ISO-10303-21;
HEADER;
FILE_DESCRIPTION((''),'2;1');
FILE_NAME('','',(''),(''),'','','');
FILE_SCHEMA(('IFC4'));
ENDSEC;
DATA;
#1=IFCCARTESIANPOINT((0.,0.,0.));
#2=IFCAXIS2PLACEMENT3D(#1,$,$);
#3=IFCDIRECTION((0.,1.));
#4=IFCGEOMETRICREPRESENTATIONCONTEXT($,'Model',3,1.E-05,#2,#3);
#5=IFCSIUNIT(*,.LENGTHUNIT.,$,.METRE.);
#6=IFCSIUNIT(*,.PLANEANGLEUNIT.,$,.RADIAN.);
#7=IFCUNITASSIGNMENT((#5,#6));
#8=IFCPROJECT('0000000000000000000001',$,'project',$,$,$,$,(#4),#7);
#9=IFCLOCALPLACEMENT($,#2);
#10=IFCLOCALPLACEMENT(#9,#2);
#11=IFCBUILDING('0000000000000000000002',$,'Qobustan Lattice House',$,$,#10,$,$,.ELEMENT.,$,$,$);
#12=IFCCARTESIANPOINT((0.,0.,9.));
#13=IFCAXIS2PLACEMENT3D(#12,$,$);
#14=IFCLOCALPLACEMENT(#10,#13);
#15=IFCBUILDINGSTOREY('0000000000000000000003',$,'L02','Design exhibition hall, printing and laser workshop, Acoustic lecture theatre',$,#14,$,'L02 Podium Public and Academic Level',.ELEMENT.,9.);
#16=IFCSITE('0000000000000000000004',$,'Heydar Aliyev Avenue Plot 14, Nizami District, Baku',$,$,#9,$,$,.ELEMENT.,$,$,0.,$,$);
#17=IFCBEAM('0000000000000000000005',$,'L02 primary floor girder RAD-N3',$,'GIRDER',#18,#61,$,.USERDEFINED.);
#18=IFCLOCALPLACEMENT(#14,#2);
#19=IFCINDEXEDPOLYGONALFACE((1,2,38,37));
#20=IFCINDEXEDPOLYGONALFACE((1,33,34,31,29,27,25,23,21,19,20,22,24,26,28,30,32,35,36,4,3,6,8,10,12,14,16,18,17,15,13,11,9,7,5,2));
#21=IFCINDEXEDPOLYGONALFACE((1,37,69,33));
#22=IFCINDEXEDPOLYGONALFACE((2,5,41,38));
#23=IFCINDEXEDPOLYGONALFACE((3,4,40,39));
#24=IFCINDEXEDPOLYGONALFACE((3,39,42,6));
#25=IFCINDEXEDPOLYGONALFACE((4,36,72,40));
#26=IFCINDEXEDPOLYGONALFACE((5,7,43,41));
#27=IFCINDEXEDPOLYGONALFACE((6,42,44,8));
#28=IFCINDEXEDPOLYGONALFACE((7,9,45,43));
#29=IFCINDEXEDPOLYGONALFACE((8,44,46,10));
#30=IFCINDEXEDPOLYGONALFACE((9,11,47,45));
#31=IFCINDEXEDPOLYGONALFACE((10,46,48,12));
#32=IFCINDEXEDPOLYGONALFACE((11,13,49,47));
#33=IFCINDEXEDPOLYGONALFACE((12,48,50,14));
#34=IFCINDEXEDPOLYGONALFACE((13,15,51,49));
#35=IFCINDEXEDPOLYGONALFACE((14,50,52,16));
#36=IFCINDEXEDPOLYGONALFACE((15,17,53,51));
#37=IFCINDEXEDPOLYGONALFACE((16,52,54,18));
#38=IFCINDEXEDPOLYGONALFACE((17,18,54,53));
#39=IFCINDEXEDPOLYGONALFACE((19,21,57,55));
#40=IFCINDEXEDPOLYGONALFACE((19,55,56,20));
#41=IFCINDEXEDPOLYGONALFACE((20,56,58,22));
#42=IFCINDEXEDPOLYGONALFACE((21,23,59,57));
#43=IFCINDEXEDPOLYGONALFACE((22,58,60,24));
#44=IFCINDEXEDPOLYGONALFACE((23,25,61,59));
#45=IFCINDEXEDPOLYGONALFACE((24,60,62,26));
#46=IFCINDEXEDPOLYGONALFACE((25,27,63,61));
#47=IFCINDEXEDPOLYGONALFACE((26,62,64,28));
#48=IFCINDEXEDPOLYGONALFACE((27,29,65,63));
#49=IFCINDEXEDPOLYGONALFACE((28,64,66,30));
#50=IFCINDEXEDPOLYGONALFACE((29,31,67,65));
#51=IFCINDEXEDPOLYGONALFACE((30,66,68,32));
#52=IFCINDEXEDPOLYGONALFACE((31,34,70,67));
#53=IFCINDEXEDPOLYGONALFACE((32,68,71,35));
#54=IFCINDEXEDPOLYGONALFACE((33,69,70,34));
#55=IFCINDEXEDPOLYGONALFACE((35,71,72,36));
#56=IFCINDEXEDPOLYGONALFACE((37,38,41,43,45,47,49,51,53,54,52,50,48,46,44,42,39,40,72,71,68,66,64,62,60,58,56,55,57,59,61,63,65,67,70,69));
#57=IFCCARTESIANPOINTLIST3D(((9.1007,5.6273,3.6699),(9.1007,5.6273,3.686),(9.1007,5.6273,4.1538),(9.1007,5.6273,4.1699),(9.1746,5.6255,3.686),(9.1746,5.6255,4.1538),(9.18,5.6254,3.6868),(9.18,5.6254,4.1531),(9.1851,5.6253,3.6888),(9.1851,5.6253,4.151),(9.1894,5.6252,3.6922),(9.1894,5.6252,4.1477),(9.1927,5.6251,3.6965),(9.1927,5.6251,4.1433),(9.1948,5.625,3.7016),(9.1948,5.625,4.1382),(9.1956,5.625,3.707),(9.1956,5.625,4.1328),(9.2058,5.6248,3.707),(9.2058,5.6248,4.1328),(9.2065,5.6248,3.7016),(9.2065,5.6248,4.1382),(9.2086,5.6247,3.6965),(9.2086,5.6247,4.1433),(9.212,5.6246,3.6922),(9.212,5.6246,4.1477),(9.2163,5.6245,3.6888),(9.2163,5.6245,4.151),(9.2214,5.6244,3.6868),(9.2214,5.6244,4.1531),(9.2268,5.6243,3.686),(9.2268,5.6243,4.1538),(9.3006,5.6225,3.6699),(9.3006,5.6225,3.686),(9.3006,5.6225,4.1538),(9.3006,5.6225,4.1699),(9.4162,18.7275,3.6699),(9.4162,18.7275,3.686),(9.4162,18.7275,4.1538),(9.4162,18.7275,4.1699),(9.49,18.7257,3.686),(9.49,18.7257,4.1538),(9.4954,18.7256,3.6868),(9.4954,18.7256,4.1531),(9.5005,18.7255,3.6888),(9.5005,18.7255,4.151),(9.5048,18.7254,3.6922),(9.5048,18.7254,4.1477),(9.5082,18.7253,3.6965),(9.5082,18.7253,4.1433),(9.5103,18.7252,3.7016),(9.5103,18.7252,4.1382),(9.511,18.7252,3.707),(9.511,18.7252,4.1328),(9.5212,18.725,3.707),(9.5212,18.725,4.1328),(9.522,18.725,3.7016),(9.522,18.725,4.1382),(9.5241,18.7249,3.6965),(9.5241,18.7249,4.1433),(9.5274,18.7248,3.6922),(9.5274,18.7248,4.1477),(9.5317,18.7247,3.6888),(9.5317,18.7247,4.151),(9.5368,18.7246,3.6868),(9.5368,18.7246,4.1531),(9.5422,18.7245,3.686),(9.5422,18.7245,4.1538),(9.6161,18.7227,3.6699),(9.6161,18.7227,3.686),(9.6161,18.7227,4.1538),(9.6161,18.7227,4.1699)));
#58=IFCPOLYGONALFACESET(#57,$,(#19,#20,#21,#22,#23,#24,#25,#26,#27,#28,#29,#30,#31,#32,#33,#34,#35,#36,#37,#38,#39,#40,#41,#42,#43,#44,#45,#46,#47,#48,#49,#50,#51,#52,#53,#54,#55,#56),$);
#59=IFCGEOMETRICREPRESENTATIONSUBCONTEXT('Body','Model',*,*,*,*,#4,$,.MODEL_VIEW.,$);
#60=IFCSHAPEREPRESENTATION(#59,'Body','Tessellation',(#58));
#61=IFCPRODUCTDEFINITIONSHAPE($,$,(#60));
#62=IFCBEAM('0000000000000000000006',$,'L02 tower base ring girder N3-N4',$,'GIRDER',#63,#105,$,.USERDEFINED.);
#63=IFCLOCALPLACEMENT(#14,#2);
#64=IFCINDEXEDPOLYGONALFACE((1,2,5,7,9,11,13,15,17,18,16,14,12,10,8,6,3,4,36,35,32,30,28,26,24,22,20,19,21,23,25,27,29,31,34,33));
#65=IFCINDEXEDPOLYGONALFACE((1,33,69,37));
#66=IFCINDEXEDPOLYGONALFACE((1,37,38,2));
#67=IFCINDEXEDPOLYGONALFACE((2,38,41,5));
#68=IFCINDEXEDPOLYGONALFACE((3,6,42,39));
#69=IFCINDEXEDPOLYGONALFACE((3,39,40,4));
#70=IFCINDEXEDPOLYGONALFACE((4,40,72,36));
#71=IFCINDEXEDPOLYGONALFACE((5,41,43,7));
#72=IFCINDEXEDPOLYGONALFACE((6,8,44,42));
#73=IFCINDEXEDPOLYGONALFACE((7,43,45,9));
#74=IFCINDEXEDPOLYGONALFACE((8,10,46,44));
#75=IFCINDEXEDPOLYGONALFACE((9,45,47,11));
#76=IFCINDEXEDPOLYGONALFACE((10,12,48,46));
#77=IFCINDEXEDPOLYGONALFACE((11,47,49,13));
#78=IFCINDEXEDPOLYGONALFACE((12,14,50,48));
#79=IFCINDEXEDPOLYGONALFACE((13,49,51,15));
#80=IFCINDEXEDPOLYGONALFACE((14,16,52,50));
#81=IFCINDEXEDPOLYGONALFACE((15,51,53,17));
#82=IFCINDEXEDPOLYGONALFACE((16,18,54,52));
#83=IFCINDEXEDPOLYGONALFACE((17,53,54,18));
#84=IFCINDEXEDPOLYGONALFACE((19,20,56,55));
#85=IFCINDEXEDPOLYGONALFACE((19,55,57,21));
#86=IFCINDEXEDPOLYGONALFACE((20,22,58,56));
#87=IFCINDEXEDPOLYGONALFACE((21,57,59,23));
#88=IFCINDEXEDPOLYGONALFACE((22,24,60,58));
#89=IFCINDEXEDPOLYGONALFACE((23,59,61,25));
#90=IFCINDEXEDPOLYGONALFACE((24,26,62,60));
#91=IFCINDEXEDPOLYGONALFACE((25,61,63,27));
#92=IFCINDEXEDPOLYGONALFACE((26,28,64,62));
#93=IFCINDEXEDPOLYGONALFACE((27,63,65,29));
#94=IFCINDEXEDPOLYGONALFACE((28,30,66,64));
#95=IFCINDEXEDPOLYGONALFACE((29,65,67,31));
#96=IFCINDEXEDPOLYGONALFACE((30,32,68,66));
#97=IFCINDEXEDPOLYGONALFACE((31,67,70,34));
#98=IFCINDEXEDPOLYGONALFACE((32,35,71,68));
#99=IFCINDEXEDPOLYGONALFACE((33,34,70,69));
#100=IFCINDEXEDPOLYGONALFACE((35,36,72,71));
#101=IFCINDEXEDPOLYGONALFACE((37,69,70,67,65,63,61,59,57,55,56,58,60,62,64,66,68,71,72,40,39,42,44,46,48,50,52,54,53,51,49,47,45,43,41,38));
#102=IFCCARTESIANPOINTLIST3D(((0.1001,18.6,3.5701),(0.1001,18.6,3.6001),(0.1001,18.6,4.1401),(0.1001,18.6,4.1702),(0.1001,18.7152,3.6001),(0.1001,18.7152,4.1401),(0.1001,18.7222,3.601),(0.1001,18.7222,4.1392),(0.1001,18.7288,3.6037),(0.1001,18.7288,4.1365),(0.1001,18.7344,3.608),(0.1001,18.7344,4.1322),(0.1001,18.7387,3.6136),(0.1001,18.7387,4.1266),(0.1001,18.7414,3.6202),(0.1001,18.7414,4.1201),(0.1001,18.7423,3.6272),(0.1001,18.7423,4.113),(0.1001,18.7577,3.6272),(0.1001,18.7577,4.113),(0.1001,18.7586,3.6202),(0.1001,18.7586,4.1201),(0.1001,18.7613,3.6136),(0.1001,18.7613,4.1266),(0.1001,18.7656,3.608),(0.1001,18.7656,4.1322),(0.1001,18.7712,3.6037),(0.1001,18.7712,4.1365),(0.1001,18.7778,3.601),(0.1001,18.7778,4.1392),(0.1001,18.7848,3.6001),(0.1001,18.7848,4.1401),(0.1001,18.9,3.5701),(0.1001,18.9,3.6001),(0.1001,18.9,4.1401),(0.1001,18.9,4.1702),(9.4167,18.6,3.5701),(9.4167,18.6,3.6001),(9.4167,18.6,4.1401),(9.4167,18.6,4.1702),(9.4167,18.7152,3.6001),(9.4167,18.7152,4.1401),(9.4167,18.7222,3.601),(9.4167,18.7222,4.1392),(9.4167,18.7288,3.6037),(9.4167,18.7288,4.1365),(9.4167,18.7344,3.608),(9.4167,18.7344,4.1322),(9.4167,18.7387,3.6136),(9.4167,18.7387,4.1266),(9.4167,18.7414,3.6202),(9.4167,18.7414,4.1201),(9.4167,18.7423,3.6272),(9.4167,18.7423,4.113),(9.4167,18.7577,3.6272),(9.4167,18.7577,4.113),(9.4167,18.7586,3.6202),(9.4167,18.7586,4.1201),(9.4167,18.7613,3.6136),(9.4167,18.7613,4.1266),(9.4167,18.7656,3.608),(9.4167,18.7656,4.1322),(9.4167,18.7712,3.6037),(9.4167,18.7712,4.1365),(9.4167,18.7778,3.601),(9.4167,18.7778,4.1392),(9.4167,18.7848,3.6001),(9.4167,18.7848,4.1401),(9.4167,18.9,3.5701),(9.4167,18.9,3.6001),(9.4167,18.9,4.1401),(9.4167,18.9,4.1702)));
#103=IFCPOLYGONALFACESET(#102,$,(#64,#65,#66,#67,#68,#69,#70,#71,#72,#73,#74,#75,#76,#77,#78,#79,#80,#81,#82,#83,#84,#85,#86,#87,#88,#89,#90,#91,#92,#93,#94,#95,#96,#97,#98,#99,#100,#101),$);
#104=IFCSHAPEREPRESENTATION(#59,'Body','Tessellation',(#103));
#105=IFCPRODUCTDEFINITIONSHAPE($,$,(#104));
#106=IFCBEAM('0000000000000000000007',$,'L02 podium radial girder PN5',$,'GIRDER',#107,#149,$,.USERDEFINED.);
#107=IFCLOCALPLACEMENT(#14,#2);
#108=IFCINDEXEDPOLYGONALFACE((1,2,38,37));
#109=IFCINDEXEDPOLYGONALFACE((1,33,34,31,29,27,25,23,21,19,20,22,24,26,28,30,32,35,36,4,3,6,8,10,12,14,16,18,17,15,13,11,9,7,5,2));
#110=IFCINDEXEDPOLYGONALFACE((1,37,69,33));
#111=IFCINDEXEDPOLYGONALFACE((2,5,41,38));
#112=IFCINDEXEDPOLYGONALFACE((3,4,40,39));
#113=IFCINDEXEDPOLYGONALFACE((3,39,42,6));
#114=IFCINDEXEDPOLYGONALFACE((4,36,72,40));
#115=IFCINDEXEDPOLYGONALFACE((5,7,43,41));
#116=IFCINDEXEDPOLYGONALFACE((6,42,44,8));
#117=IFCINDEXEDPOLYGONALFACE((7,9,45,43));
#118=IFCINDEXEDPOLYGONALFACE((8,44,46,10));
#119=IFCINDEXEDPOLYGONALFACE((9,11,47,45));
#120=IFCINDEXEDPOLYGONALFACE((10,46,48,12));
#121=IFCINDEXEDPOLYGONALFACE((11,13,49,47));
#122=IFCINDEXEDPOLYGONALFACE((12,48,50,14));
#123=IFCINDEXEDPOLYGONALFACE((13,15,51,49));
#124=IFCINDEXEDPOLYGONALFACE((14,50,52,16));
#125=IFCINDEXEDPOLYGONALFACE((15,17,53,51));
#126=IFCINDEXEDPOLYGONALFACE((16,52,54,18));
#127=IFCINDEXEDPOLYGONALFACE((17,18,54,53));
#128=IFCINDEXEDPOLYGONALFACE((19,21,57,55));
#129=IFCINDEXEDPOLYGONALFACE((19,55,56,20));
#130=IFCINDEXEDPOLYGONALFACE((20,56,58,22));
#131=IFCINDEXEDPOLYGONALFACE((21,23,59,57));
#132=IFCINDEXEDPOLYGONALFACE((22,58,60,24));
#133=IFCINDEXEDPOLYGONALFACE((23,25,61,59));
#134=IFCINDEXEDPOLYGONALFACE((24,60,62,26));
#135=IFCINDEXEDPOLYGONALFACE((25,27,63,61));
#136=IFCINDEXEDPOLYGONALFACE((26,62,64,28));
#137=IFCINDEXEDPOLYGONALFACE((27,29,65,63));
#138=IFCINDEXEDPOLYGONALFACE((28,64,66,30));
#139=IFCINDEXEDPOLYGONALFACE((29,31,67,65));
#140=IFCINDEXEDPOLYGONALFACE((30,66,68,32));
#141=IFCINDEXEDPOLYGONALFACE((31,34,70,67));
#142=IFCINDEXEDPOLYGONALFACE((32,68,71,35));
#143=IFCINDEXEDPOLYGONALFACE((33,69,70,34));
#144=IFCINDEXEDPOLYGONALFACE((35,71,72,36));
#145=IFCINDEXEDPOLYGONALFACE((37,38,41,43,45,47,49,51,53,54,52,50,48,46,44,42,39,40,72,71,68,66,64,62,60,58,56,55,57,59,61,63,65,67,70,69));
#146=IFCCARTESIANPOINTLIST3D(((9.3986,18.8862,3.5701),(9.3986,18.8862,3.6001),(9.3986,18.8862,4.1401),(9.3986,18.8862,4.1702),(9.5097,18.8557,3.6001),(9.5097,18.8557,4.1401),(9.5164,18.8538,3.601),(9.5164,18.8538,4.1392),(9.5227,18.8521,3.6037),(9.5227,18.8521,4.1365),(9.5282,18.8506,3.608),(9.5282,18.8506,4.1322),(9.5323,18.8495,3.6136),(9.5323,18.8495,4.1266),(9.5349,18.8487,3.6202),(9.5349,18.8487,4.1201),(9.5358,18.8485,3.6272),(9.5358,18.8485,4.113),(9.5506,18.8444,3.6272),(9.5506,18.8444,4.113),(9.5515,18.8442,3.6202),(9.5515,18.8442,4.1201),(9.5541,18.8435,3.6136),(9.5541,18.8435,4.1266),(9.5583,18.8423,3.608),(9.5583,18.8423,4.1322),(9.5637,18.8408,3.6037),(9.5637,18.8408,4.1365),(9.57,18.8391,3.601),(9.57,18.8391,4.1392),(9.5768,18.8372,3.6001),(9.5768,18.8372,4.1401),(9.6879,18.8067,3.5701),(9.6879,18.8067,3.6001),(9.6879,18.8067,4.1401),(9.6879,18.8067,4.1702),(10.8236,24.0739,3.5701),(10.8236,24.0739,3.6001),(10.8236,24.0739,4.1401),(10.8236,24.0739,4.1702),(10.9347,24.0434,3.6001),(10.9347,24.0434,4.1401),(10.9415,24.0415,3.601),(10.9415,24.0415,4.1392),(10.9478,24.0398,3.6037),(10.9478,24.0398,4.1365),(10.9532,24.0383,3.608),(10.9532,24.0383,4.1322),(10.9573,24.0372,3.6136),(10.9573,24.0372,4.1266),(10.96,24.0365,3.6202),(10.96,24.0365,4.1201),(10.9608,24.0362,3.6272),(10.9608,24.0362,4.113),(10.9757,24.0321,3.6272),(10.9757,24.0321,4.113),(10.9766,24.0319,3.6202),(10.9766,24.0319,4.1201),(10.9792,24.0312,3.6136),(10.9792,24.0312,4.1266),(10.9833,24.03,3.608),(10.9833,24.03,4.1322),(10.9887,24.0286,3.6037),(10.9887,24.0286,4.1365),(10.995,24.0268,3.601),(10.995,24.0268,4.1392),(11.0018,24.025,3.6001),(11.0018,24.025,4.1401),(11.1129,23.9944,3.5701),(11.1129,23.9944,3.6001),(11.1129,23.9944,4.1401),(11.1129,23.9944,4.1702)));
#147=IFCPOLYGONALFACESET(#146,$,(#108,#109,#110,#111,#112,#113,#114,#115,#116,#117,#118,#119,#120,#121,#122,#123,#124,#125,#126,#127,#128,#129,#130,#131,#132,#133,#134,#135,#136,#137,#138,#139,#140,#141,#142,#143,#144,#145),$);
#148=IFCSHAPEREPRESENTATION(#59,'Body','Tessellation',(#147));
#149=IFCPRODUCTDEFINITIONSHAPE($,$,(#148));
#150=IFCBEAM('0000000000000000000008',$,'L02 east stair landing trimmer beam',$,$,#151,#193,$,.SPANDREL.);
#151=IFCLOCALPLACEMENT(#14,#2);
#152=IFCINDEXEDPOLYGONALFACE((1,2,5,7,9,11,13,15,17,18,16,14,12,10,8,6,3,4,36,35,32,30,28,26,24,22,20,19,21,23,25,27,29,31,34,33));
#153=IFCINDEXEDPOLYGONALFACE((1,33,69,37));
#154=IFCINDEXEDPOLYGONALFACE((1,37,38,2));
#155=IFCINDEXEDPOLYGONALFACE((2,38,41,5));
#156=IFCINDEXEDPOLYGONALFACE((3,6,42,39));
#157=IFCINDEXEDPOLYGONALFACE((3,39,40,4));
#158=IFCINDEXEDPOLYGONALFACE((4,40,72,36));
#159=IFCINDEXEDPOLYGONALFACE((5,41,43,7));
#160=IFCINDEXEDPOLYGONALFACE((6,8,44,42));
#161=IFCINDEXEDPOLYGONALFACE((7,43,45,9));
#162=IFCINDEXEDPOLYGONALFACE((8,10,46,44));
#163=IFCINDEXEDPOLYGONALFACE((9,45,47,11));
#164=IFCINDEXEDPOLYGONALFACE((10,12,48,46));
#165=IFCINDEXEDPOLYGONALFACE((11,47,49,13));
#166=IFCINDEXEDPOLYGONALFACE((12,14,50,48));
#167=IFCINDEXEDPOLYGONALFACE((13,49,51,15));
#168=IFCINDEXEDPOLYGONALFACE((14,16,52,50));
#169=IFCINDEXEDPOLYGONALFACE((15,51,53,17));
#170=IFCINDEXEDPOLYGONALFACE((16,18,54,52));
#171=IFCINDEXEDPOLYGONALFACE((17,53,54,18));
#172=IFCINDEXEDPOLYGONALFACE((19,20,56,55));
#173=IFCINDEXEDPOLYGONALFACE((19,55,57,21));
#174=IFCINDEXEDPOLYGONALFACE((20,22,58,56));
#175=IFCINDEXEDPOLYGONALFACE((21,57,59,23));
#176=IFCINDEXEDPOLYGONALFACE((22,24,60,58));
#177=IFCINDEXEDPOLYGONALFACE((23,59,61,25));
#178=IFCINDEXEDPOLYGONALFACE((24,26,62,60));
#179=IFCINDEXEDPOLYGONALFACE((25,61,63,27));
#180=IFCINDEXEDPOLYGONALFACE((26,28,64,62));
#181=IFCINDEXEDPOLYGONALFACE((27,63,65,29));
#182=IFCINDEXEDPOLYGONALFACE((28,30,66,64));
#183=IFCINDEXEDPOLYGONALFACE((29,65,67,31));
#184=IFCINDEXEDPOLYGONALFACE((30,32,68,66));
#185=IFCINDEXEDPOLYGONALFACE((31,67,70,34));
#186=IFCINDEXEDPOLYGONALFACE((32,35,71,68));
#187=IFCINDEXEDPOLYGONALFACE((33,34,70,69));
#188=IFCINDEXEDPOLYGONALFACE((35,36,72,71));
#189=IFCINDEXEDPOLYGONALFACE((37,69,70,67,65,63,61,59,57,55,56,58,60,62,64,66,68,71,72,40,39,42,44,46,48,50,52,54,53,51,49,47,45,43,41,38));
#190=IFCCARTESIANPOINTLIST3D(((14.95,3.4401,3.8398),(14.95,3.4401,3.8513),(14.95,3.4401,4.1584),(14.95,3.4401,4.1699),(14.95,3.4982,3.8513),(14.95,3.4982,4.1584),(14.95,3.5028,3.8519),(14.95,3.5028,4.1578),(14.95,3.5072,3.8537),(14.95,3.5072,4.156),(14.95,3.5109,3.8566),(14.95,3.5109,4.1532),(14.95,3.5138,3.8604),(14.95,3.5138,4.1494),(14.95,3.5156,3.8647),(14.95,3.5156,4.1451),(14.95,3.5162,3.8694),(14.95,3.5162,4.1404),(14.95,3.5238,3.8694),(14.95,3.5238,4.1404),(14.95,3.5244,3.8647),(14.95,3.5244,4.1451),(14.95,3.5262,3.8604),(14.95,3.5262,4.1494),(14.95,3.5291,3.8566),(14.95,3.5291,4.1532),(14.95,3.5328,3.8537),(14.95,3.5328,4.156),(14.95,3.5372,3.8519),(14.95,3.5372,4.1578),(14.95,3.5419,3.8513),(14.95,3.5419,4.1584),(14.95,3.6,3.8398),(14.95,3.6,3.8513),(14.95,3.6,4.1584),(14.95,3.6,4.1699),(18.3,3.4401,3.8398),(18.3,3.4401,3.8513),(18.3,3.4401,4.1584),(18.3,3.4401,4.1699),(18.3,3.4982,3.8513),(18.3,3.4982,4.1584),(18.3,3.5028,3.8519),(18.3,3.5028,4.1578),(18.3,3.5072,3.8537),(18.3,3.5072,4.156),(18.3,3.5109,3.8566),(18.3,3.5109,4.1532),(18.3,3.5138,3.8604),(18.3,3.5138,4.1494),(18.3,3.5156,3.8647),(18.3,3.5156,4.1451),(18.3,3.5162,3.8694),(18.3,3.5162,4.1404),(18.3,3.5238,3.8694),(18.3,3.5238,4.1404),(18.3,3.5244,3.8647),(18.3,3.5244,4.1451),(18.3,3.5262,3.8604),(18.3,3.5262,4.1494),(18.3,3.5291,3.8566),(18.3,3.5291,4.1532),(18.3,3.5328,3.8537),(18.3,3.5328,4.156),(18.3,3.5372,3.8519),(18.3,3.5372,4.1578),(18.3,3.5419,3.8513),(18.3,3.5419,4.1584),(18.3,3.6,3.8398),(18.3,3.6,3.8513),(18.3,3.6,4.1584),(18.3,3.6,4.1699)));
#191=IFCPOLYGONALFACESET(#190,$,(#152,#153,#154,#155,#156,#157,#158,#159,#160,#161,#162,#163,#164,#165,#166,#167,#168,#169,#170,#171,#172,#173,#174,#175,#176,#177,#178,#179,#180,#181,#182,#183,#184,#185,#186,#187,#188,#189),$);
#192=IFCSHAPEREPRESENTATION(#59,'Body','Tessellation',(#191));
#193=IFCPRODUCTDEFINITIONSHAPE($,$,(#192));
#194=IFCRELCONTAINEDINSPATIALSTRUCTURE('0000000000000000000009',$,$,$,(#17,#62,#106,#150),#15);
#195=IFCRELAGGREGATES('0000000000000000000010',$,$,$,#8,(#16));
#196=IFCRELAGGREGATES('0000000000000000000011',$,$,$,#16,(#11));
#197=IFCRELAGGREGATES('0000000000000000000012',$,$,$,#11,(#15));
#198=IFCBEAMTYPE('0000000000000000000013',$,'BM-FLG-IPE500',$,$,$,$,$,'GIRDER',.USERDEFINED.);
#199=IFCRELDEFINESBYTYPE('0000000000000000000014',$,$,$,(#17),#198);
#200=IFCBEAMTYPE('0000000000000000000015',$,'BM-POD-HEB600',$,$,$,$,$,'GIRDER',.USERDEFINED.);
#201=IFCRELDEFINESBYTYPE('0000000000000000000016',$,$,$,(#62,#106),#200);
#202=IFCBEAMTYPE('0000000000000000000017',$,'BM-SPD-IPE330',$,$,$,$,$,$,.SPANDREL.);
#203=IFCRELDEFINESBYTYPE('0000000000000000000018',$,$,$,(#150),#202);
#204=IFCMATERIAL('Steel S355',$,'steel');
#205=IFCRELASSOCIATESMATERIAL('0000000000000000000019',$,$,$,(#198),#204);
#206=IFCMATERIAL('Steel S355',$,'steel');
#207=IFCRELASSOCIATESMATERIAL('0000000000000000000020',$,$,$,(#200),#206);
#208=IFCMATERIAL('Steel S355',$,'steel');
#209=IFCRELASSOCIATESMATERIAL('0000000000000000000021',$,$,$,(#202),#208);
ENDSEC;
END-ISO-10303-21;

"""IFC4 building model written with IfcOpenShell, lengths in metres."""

from ifc_helpers import new_model, si_unit, direction, frame, origin, origin_2d, place, context, subcontext, project, spatial, i_section, extrude, material, material_profile, profile_set, type_object, element, save


model = new_model("IFC4")

# Units and contexts
model_context = context("Model", 3, precision=1e-05, world=origin(), true_north=direction((0.0, 1.0)))
body_context = subcontext(model_context, "Body", "Model", "MODEL_VIEW")
ifc_project = project(units=[si_unit("LENGTHUNIT", "METRE"), si_unit("PLANEANGLEUNIT", "RADIAN")], contexts=[model_context])

# Site, building, storey
site_placement = place(None, origin())
site = spatial("IfcSite", under=ifc_project, at=site_placement, Name="Heydar Aliyev Avenue Plot 14, Nizami District, Baku", CompositionType="ELEMENT", RefElevation=0.0)
building_placement = place(site_placement, origin())
building = spatial("IfcBuilding", under=site, at=building_placement, Name="Qobustan Lattice House", CompositionType="ELEMENT")
storey_placement = place(building_placement, frame((0.0, 0.0, 9.0)))
storey = spatial("IfcBuildingStorey", under=building, at=storey_placement, Name="L02", Description="Design exhibition hall, printing and laser workshop, Acoustic lecture theatre", LongName="L02 Podium Public and Academic Level", CompositionType="ELEMENT", Elevation=9.0)

# Beams
ifc_material_1 = material(Name="Steel S355", Category="steel")
ifc_material_profile_1 = material_profile(ifc_material_1, i_section(OverallWidth=0.2, OverallDepth=0.5, WebThickness=0.0103, FlangeThickness=0.0161, FilletRadius=0.021, at=origin_2d()), Name="IPE500")
ifc_profile_set_1 = profile_set([ifc_material_profile_1], Name="Steel S355")
beam_type_1 = type_object("IfcBeamType", Name="BM-FLG-IPE500", ElementType="GIRDER", PredefinedType="USERDEFINED", material=ifc_profile_set_1)
beam_1_placement = place(storey_placement, frame((9.5161, 18.7251, 3.9199), z_axis=(-0.024071, -0.99971, 0.0), x_axis=(0.99971, -0.024071, 0.0)))
element("IfcBeam", 1, at=beam_1_placement, inside=storey, type_object=beam_type_1, Name="L02 primary floor girder RAD-N3", ObjectType="GIRDER", PredefinedType="USERDEFINED", context=body_context, shape_type="SweptSolid", body=[
    extrude(i_section(OverallWidth=0.2, OverallDepth=0.5, WebThickness=0.0103, FlangeThickness=0.0161, FilletRadius=0.021, at=origin_2d()), origin(), (0.0, 0.0, 1.0), 13.104),
])
ifc_material_2 = material(Name="Steel S355", Category="steel")
ifc_material_profile_2 = material_profile(ifc_material_2, i_section(OverallWidth=0.3, OverallDepth=0.6001, WebThickness=0.0154, FlangeThickness=0.03, FilletRadius=0.0271, at=origin_2d()), Name="HEB600")
ifc_profile_set_2 = profile_set([ifc_material_profile_2], Name="Steel S355")
beam_type_2 = type_object("IfcBeamType", Name="BM-POD-HEB600", ElementType="GIRDER", PredefinedType="USERDEFINED", material=ifc_profile_set_2)
beam_2_placement = place(storey_placement, frame((9.4167, 18.75, 3.8701), z_axis=(-1.0, 0.0, 0.0), x_axis=(0.0, -1.0, 0.0)))
element("IfcBeam", 2, at=beam_2_placement, inside=storey, type_object=beam_type_2, Name="L02 tower base ring girder N3-N4", ObjectType="GIRDER", PredefinedType="USERDEFINED", context=body_context, shape_type="SweptSolid", body=[
    extrude(i_section(OverallWidth=0.3, OverallDepth=0.6001, WebThickness=0.0154, FlangeThickness=0.03, FilletRadius=0.0271, at=origin_2d()), origin(), (0.0, 0.0, 1.0), 9.3167),
])
beam_3_placement = place(storey_placement, frame((10.9683, 24.0342, 3.8701), z_axis=(-0.264883, -0.96428, 0.0), x_axis=(0.96428, -0.264883, 0.0)))
element("IfcBeam", 3, at=beam_3_placement, inside=storey, type_object=beam_type_2, Name="L02 podium radial girder PN5", ObjectType="GIRDER", PredefinedType="USERDEFINED", context=body_context, shape_type="SweptSolid", body=[
    extrude(i_section(OverallWidth=0.3, OverallDepth=0.6001, WebThickness=0.0154, FlangeThickness=0.03, FilletRadius=0.0271, at=origin_2d()), origin(), (0.0, 0.0, 1.0), 5.3799),
])
ifc_material_3 = material(Name="Steel S355", Category="steel")
ifc_material_profile_3 = material_profile(ifc_material_3, i_section(OverallWidth=0.1599, OverallDepth=0.3301, WebThickness=0.0076, FlangeThickness=0.0115, FilletRadius=0.0181, at=origin_2d()), Name="IPE330")
ifc_profile_set_3 = profile_set([ifc_material_profile_3], Name="Steel S355")
beam_type_3 = type_object("IfcBeamType", Name="BM-SPD-IPE330", PredefinedType="SPANDREL", material=ifc_profile_set_3)
beam_4_placement = place(storey_placement, frame((14.95, 3.52, 4.0049), z_axis=(1.0, 0.0, 0.0), x_axis=(0.0, 1.0, 0.0)))
element("IfcBeam", 4, at=beam_4_placement, inside=storey, type_object=beam_type_3, Name="L02 east stair landing trimmer beam", PredefinedType="SPANDREL", context=body_context, shape_type="SweptSolid", body=[
    extrude(i_section(OverallWidth=0.1599, OverallDepth=0.3301, WebThickness=0.0076, FlangeThickness=0.0115, FilletRadius=0.0181, at=origin_2d()), origin(), (0.0, 0.0, 1.0), 3.3501),
])

save(model, "model.ifc")
